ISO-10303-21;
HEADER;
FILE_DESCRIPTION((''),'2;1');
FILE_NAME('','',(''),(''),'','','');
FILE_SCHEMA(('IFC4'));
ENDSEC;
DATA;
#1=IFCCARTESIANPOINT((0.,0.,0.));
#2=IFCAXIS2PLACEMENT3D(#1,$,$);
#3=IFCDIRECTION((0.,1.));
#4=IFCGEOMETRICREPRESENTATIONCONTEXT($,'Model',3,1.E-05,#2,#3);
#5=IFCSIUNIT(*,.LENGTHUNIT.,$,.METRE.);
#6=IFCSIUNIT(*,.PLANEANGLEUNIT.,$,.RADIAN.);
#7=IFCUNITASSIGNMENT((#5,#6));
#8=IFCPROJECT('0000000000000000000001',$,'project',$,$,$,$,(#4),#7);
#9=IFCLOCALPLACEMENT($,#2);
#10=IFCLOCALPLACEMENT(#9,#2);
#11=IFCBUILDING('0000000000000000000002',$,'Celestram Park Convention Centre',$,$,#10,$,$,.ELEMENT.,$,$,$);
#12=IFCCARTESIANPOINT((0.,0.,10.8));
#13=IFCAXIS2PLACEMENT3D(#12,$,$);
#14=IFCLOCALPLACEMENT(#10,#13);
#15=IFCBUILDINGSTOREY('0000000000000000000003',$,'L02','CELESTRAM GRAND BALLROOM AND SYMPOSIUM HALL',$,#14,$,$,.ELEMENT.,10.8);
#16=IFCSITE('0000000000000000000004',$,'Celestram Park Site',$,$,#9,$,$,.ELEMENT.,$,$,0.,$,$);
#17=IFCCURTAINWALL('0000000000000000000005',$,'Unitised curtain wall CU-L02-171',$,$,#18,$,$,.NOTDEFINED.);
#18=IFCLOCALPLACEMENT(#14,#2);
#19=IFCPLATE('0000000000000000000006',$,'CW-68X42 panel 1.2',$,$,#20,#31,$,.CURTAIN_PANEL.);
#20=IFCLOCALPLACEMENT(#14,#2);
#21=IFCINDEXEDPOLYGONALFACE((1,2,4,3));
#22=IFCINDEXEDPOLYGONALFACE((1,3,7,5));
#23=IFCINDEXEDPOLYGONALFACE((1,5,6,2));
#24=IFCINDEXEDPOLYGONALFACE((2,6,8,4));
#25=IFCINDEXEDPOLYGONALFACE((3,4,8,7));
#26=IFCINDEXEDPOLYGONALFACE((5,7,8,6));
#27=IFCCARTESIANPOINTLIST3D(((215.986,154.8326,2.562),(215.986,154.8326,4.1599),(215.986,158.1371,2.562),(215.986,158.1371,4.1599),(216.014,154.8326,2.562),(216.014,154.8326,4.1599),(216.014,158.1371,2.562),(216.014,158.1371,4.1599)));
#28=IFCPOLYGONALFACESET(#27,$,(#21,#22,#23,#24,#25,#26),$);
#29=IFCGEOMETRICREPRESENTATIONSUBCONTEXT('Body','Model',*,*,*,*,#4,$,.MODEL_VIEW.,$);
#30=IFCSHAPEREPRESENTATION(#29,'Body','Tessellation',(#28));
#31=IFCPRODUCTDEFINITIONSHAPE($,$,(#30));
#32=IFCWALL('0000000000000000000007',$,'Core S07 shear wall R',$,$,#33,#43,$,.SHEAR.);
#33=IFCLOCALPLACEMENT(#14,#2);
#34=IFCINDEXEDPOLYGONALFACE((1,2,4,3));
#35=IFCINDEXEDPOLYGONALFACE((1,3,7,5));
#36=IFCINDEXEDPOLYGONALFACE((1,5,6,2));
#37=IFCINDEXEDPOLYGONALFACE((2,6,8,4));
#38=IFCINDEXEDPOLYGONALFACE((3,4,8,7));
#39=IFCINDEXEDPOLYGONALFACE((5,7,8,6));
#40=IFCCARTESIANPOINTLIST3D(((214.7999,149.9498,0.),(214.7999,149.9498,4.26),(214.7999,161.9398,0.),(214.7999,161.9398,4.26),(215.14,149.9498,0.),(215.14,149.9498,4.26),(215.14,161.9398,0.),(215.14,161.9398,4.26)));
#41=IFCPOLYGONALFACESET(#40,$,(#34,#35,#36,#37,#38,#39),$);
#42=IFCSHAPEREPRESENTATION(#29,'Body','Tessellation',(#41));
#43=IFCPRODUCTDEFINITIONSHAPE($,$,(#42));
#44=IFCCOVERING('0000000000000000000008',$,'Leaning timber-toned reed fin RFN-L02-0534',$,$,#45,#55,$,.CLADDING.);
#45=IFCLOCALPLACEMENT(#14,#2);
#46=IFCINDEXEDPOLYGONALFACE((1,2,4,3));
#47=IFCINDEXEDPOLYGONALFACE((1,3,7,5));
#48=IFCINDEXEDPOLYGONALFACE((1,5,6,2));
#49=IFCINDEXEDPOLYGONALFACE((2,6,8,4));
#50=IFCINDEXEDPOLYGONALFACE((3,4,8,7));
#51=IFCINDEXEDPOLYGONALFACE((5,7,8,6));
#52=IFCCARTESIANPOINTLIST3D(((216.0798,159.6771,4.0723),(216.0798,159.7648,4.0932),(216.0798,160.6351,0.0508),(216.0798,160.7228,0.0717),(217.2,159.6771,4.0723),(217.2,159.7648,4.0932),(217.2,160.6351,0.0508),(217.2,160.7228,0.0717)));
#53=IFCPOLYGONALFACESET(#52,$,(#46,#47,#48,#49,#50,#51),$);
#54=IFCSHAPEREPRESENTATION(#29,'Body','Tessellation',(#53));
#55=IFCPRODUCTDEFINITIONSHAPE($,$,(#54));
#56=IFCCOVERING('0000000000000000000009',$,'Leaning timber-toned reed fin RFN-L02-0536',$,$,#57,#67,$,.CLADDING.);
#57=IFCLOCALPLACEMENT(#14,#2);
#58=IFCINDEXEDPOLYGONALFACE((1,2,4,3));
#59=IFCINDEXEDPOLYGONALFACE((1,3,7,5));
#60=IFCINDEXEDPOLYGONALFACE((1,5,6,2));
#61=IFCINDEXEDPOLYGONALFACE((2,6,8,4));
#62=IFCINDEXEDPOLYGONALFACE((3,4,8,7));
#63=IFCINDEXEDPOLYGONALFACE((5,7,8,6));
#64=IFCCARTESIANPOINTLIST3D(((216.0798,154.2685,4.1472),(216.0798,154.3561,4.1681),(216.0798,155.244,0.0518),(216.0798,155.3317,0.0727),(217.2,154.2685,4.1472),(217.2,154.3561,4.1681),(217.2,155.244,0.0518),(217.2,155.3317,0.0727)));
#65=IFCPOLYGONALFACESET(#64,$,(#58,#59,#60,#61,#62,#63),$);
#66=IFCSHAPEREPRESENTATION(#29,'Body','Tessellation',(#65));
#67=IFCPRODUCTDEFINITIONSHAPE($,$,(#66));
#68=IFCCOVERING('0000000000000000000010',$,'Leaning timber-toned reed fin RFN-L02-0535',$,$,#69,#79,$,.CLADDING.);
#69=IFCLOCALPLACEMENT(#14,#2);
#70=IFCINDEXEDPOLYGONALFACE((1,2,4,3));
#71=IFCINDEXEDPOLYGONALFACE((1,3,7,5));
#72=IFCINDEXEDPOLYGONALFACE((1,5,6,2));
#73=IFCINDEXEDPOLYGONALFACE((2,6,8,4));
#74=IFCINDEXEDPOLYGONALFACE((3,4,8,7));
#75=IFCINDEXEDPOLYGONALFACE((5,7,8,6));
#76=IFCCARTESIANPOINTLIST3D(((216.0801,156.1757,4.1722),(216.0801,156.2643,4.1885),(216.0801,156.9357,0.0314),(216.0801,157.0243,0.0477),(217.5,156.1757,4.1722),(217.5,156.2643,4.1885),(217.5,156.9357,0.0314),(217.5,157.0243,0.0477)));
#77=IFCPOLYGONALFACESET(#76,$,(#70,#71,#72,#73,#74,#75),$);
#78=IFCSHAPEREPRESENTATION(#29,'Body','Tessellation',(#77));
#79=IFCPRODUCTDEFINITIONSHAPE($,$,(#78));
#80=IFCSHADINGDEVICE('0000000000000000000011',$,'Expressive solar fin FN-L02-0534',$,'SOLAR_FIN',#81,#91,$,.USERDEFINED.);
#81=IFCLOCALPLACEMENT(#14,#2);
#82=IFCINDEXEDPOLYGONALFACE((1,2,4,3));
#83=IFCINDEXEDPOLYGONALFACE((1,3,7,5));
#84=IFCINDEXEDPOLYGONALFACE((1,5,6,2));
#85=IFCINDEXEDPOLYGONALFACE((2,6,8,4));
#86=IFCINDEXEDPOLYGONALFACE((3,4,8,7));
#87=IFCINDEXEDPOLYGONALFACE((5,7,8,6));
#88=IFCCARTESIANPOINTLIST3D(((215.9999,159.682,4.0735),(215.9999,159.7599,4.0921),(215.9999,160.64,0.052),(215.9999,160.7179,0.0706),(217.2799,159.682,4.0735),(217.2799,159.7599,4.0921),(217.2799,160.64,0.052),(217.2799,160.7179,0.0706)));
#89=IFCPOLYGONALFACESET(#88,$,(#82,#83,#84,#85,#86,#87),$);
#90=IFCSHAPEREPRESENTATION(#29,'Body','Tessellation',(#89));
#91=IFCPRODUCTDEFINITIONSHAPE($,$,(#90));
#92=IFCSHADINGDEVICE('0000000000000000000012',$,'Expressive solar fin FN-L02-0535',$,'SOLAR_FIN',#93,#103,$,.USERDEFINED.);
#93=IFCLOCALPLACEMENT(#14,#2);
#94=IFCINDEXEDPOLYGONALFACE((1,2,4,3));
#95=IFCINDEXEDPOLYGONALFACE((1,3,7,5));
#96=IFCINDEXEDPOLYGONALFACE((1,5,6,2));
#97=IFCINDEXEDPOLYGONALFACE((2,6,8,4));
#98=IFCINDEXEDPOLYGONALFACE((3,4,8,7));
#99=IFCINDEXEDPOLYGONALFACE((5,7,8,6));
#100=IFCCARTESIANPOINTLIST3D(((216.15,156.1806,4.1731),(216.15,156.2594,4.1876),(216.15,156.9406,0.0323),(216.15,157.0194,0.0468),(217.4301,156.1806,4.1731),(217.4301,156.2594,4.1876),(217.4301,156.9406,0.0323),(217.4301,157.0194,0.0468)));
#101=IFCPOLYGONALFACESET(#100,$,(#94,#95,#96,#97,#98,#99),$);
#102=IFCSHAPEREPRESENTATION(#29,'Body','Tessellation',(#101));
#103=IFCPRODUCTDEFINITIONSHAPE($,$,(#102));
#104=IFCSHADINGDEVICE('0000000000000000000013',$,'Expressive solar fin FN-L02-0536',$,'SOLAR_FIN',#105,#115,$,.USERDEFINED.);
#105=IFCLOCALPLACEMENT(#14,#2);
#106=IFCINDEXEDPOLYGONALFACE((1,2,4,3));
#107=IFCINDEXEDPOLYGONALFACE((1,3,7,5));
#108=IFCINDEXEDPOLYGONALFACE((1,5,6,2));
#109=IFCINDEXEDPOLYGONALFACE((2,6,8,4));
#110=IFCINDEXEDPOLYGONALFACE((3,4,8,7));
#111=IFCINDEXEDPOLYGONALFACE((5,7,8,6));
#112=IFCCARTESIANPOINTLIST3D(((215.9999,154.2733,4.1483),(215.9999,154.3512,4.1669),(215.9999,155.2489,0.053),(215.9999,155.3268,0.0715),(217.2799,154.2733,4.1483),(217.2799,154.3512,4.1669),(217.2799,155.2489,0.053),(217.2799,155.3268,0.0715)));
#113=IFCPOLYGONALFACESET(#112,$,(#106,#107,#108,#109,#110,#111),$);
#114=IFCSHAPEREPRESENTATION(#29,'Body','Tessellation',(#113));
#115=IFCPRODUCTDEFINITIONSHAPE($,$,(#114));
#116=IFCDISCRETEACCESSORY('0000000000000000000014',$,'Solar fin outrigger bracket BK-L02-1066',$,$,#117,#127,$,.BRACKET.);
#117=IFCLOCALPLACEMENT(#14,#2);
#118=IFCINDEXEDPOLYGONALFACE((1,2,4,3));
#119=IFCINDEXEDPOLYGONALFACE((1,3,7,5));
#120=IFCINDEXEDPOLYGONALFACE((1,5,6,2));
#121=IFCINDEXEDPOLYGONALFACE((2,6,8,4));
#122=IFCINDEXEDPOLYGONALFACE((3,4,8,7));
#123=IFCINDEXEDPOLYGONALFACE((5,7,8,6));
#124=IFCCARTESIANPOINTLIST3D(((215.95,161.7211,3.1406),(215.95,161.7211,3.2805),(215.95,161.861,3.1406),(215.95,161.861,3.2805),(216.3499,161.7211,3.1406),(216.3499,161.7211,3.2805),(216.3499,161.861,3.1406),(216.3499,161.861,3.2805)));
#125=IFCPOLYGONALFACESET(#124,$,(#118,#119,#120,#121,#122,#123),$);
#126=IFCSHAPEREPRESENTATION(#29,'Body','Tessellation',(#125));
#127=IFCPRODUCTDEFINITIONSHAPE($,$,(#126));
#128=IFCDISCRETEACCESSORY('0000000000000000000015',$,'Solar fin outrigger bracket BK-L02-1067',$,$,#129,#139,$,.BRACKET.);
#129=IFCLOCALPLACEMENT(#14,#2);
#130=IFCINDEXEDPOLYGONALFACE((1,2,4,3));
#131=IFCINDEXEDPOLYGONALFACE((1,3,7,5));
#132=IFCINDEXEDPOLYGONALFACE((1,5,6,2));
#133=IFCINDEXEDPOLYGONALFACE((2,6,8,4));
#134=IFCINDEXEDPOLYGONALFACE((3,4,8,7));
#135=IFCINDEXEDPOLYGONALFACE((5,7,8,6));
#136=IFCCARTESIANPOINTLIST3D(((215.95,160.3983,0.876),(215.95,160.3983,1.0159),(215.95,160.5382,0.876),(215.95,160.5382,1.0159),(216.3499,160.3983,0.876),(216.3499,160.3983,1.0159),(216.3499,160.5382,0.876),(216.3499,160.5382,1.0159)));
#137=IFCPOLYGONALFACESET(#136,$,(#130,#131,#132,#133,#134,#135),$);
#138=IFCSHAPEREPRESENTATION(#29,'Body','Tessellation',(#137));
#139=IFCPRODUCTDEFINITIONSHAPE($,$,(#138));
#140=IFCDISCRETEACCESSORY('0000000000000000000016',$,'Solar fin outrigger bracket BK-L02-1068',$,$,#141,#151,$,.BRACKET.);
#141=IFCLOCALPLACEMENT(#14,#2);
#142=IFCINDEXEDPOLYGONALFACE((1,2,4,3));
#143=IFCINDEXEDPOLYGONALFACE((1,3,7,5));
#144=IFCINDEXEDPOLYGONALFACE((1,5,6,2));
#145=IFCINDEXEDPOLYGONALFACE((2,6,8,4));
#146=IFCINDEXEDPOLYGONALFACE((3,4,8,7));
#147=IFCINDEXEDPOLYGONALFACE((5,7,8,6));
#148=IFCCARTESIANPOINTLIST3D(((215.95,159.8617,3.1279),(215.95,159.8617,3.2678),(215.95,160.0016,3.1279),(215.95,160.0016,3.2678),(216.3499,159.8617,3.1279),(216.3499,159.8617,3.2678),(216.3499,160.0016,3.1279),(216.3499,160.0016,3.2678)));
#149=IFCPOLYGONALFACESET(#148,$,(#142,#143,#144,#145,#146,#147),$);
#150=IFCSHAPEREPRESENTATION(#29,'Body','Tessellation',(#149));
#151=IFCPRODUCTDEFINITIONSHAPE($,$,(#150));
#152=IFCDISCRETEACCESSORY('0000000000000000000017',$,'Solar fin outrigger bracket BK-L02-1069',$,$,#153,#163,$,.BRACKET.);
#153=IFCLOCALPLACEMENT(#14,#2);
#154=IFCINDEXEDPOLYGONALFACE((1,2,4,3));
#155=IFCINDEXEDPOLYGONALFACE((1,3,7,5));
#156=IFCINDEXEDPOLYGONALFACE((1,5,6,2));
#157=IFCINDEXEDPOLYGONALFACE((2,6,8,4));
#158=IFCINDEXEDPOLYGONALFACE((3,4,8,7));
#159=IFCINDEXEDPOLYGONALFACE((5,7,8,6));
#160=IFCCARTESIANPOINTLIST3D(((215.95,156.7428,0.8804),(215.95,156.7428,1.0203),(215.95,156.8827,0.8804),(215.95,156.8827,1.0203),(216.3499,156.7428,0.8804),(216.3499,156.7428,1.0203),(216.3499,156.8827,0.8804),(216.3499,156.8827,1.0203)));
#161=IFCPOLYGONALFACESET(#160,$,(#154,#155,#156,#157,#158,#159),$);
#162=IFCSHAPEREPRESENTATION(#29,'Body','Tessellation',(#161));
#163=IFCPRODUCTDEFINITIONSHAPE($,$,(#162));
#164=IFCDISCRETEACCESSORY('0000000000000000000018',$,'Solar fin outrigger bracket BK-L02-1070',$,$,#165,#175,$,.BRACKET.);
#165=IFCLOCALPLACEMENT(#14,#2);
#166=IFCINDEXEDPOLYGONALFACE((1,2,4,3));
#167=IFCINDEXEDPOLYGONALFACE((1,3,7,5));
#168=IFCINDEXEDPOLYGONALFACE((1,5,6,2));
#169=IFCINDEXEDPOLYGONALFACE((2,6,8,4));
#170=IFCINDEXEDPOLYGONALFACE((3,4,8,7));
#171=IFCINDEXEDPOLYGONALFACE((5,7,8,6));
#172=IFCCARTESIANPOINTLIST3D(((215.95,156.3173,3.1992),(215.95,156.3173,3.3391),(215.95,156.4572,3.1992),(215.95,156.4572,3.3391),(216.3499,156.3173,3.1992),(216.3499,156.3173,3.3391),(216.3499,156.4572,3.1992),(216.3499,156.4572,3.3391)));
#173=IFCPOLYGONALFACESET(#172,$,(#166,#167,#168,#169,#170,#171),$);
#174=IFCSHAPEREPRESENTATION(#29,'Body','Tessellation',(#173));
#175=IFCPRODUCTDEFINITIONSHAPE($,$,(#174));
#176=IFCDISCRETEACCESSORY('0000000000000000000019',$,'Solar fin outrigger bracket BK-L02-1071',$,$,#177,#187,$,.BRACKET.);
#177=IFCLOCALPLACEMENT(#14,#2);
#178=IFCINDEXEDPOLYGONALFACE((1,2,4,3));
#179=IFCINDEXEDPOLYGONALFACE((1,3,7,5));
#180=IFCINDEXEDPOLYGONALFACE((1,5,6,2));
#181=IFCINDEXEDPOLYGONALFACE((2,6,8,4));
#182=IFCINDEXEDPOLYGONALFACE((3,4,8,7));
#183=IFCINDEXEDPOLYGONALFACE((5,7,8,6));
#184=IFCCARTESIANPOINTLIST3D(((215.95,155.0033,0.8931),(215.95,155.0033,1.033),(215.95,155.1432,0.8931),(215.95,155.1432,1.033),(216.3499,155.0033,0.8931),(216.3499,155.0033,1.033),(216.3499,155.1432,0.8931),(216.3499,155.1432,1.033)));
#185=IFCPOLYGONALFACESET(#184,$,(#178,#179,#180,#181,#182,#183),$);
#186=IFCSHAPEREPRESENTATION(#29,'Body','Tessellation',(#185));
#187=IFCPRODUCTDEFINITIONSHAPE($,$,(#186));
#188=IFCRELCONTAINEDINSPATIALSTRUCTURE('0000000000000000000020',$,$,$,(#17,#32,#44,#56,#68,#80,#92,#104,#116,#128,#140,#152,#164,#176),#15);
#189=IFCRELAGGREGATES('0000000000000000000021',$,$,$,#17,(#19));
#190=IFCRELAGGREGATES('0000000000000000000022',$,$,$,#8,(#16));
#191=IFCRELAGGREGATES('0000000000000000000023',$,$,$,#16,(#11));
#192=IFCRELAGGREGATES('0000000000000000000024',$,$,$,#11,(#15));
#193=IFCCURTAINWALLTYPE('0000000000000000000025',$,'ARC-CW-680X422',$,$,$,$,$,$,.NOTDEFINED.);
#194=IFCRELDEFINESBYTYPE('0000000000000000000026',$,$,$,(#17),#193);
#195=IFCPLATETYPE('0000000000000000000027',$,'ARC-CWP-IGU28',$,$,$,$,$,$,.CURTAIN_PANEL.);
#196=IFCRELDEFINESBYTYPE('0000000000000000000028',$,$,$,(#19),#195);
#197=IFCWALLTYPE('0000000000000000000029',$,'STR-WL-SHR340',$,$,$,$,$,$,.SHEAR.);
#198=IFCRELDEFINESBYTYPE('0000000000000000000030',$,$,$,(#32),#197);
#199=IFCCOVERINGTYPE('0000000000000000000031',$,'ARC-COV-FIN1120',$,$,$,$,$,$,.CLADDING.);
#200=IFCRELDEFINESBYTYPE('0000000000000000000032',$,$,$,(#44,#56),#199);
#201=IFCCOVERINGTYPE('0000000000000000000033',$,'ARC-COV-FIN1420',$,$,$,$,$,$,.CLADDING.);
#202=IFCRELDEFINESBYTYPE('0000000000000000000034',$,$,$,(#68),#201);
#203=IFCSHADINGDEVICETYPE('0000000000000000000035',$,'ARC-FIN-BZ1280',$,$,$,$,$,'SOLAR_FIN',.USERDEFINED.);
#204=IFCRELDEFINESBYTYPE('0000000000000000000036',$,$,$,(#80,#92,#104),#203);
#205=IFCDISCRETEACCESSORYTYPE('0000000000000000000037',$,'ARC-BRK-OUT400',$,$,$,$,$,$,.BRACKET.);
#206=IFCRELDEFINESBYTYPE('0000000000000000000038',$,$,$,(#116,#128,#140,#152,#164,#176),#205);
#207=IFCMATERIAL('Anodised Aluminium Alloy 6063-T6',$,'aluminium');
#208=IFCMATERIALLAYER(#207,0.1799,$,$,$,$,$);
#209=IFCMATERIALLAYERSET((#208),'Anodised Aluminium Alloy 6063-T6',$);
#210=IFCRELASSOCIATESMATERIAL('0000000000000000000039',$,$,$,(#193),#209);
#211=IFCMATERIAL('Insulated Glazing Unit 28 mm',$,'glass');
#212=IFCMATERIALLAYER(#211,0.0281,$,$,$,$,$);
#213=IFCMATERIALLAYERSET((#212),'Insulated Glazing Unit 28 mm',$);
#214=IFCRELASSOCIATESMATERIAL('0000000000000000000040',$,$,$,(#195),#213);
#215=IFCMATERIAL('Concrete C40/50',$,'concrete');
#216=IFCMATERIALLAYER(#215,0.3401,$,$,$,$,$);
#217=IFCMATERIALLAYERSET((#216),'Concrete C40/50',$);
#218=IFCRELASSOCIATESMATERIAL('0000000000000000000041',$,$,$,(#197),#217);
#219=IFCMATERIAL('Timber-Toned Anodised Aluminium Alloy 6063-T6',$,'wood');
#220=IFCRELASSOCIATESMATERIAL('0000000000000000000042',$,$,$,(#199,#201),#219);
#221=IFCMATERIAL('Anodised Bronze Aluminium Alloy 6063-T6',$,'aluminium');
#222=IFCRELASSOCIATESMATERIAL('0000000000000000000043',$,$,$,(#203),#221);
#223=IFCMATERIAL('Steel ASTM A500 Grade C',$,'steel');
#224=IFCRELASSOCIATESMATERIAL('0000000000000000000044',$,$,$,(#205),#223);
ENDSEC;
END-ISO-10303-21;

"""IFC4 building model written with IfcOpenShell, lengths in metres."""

from ifc_helpers import new_model, si_unit, direction, frame, frame_2d, origin, origin_2d, place, context, subcontext, project, spatial, rectangle, extrude, material, layer, layer_set, material_profile, profile_set, type_object, element, aggregate, save


model = new_model("IFC4")

# Units and contexts
model_context = context("Model", 3, precision=1e-05, world=origin(), true_north=direction((0.0, 1.0)))
body_context = subcontext(model_context, "Body", "Model", "MODEL_VIEW")
ifc_project = project(units=[si_unit("LENGTHUNIT", "METRE"), si_unit("PLANEANGLEUNIT", "RADIAN")], contexts=[model_context])

# Site, building, storey
site_placement = place(None, origin())
site = spatial("IfcSite", under=ifc_project, at=site_placement, Name="Celestram Park Site", CompositionType="ELEMENT", RefElevation=0.0)
building_placement = place(site_placement, origin())
building = spatial("IfcBuilding", under=site, at=building_placement, Name="Celestram Park Convention Centre", CompositionType="ELEMENT")
storey_placement = place(building_placement, frame((0.0, 0.0, 10.8)))
storey = spatial("IfcBuildingStorey", under=building, at=storey_placement, Name="L02", Description="CELESTRAM GRAND BALLROOM AND SYMPOSIUM HALL", CompositionType="ELEMENT", Elevation=10.8)

# Shared definitions
ifc_material_1 = material(Name="Steel ASTM A500 Grade C", Category="steel")

# Curtain wall
ifc_material_2 = material(Name="Anodised Aluminium Alloy 6063-T6", Category="aluminium")
ifc_layer_1 = layer(ifc_material_2, 0.1799)
ifc_layer_set_1 = layer_set([ifc_layer_1], Name="Anodised Aluminium Alloy 6063-T6")
curtain_wall_type_1 = type_object("IfcCurtainWallType", Name="ARC-CW-680X422", PredefinedType="NOTDEFINED", material=ifc_layer_set_1)
curtain_wall_1_placement = place(storey_placement, origin())
curtain_wall_1 = element("IfcCurtainWall", 1, at=curtain_wall_1_placement, inside=storey, type_object=curtain_wall_type_1, Name="Unitised curtain wall CU-L02-171", PredefinedType="NOTDEFINED")

# Plate
ifc_material_3 = material(Name="Insulated Glazing Unit 28 mm", Category="glass")
ifc_layer_2 = layer(ifc_material_3, 0.0281)
ifc_layer_set_2 = layer_set([ifc_layer_2], Name="Insulated Glazing Unit 28 mm")
plate_type = type_object("IfcPlateType", Name="ARC-CWP-IGU28", PredefinedType="CURTAIN_PANEL", material=ifc_layer_set_2)
plate_1_placement = place(storey_placement, frame((216.0, 156.4849, 2.562), z_axis=(0.0, 0.0, 1.0), x_axis=(0.0, -1.0, 0.0)))
plate_1 = element("IfcPlate", 2, at=plate_1_placement, type_object=plate_type, Name="CW-68X42 panel 1.2", PredefinedType="CURTAIN_PANEL", context=body_context, shape_type="SweptSolid", body=[
    extrude(rectangle(XDim=3.3044, YDim=0.0281, at=origin_2d()), origin(), (0.0, 0.0, 1.0), 1.5979),
])
aggregate(curtain_wall_1, [plate_1])

# Wall
ifc_material_4 = material(Name="Concrete C40/50", Category="concrete")
ifc_layer_3 = layer(ifc_material_4, 0.3401)
ifc_layer_set_3 = layer_set([ifc_layer_3], Name="Concrete C40/50")
wall_type = type_object("IfcWallType", Name="STR-WL-SHR340", PredefinedType="SHEAR", material=ifc_layer_set_3)
wall_placement = place(storey_placement, frame((214.97, 161.9399, 0.0), z_axis=(0.0, 0.0, 1.0), x_axis=(0.0, -1.0, 0.0)))
element("IfcWall", 3, at=wall_placement, inside=storey, type_object=wall_type, Name="Core S07 shear wall R", PredefinedType="SHEAR", context=body_context, shape_type="SweptSolid", body=[
    extrude(rectangle(XDim=11.99, YDim=0.3401, at=frame_2d((5.9951, 0.0))), origin(), (0.0, 0.0, 1.0), 4.26),
])

# Coverings
ifc_material_5 = material(Name="Timber-Toned Anodised Aluminium Alloy 6063-T6", Category="wood")
ifc_material_profile_1 = material_profile(ifc_material_5, rectangle(XDim=1.1201, YDim=0.0901, at=origin_2d()), Name="REED1120X90")
ifc_profile_set_1 = profile_set([ifc_material_profile_1], Name="Timber-Toned Anodised Aluminium Alloy 6063-T6")
covering_type_1 = type_object("IfcCoveringType", Name="ARC-COV-FIN1120", PredefinedType="CLADDING", material=ifc_profile_set_1)
covering_1_placement = place(storey_placement, frame((216.6399, 160.679, 0.0613), z_axis=(0.0, -0.231738, 0.972778), x_axis=(1.0, 0.0, 0.0)))
element("IfcCovering", 4, at=covering_1_placement, inside=storey, type_object=covering_type_1, Name="Leaning timber-toned reed fin RFN-L02-0534", PredefinedType="CLADDING", context=body_context, shape_type="SweptSolid", body=[
    extrude(rectangle(XDim=1.1201, YDim=0.0901, at=origin_2d()), origin(), (0.0, 0.0, 1.0), 4.134),
])
covering_2_placement = place(storey_placement, frame((216.6399, 155.2878, 0.0623), z_axis=(0.0, -0.231728, 0.972781), x_axis=(1.0, 0.0, 0.0)))
element("IfcCovering", 5, at=covering_2_placement, inside=storey, type_object=covering_type_1, Name="Leaning timber-toned reed fin RFN-L02-0536", PredefinedType="CLADDING", context=body_context, shape_type="SweptSolid", body=[
    extrude(rectangle(XDim=1.1201, YDim=0.0901, at=origin_2d()), origin(), (0.0, 0.0, 1.0), 4.21),
])
ifc_material_profile_2 = material_profile(ifc_material_5, rectangle(XDim=1.4199, YDim=0.0901, at=origin_2d()), Name="REED1420X90")
ifc_profile_set_2 = profile_set([ifc_material_profile_2], Name="Timber-Toned Anodised Aluminium Alloy 6063-T6")
covering_type_2 = type_object("IfcCoveringType", Name="ARC-COV-FIN1420", PredefinedType="CLADDING", material=ifc_profile_set_2)
covering_3_placement = place(storey_placement, frame((216.79, 156.98, 0.0396), z_axis=(0.0, -0.180523, 0.983571), x_axis=(1.0, 0.0, 0.0)))
element("IfcCovering", 6, at=covering_3_placement, inside=storey, type_object=covering_type_2, Name="Leaning timber-toned reed fin RFN-L02-0535", PredefinedType="CLADDING", context=body_context, shape_type="SweptSolid", body=[
    extrude(rectangle(XDim=1.4199, YDim=0.0901, at=origin_2d()), origin(), (0.0, 0.0, 1.0), 4.21),
])

# Shading devices
ifc_material_6 = material(Name="Anodised Bronze Aluminium Alloy 6063-T6", Category="aluminium")
ifc_material_profile_3 = material_profile(ifc_material_6, rectangle(XDim=1.28, YDim=0.0801, at=origin_2d()), Name="FIN1280X80")
ifc_profile_set_3 = profile_set([ifc_material_profile_3], Name="Anodised Bronze Aluminium Alloy 6063-T6")
shading_device_type = type_object("IfcShadingDeviceType", Name="ARC-FIN-BZ1280", ElementType="SOLAR_FIN", PredefinedType="USERDEFINED", material=ifc_profile_set_3)
shading_device_placement = place(storey_placement, frame((216.6399, 160.679, 0.0613), z_axis=(0.0, -0.231738, 0.972778), x_axis=(1.0, 0.0, 0.0)))
element("IfcShadingDevice", 7, at=shading_device_placement, inside=storey, type_object=shading_device_type, Name="Expressive solar fin FN-L02-0534", ObjectType="SOLAR_FIN", PredefinedType="USERDEFINED", context=body_context, shape_type="SweptSolid", body=[
    extrude(rectangle(XDim=1.28, YDim=0.0801, at=origin_2d()), origin(), (0.0, 0.0, 1.0), 4.134),
])
for number, where, z_axis, x_axis, name in (
    (8, (216.79, 156.98, 0.0396), (0.0, -0.180523, 0.983571), (1.0, 0.0, 0.0), "Expressive solar fin FN-L02-0535"),
    (9, (216.6399, 155.2878, 0.0623), (0.0, -0.231728, 0.972781), (1.0, 0.0, 0.0), "Expressive solar fin FN-L02-0536"),
):
    element("IfcShadingDevice", number, at=place(storey_placement, frame(where, z_axis=z_axis, x_axis=x_axis)), inside=storey, type_object=shading_device_type, Name=name, ObjectType="SOLAR_FIN", PredefinedType="USERDEFINED", context=body_context, shape_type="SweptSolid", body=[
        extrude(rectangle(XDim=1.28, YDim=0.0801, at=origin_2d()), origin(), (0.0, 0.0, 1.0), 4.21),
    ])

# Discrete accessories
discrete_accessory_type = type_object("IfcDiscreteAccessoryType", Name="ARC-BRK-OUT400", PredefinedType="BRACKET", material=ifc_material_1)
for number, where, z_axis, x_axis, name in (
    (10, (216.1499, 161.791, 3.1406), (0.0, 0.0, 1.0), (1.0, 0.0, 0.0), "Solar fin outrigger bracket BK-L02-1066"),
    (11, (216.1499, 160.4683, 0.876), (0.0, 0.0, 1.0), (1.0, 0.0, 0.0), "Solar fin outrigger bracket BK-L02-1067"),
    (12, (216.1499, 159.9316, 3.1279), (0.0, 0.0, 1.0), (1.0, 0.0, 0.0), "Solar fin outrigger bracket BK-L02-1068"),
    (13, (216.1499, 156.8127, 0.8804), (0.0, 0.0, 1.0), (1.0, 0.0, 0.0), "Solar fin outrigger bracket BK-L02-1069"),
    (14, (216.1499, 156.3872, 3.1992), (0.0, 0.0, 1.0), (1.0, 0.0, 0.0), "Solar fin outrigger bracket BK-L02-1070"),
    (15, (216.1499, 155.0732, 0.8931), (0.0, 0.0, 1.0), (1.0, 0.0, 0.0), "Solar fin outrigger bracket BK-L02-1071"),
):
    element("IfcDiscreteAccessory", number, at=place(storey_placement, frame(where, z_axis=z_axis, x_axis=x_axis)), inside=storey, type_object=discrete_accessory_type, Name=name, PredefinedType="BRACKET", context=body_context, shape_type="SweptSolid", body=[
        extrude(rectangle(XDim=0.3999, YDim=0.1399, at=origin_2d()), origin(), (0.0, 0.0, 1.0), 0.1399),
    ])

save(model, "model.ifc")
